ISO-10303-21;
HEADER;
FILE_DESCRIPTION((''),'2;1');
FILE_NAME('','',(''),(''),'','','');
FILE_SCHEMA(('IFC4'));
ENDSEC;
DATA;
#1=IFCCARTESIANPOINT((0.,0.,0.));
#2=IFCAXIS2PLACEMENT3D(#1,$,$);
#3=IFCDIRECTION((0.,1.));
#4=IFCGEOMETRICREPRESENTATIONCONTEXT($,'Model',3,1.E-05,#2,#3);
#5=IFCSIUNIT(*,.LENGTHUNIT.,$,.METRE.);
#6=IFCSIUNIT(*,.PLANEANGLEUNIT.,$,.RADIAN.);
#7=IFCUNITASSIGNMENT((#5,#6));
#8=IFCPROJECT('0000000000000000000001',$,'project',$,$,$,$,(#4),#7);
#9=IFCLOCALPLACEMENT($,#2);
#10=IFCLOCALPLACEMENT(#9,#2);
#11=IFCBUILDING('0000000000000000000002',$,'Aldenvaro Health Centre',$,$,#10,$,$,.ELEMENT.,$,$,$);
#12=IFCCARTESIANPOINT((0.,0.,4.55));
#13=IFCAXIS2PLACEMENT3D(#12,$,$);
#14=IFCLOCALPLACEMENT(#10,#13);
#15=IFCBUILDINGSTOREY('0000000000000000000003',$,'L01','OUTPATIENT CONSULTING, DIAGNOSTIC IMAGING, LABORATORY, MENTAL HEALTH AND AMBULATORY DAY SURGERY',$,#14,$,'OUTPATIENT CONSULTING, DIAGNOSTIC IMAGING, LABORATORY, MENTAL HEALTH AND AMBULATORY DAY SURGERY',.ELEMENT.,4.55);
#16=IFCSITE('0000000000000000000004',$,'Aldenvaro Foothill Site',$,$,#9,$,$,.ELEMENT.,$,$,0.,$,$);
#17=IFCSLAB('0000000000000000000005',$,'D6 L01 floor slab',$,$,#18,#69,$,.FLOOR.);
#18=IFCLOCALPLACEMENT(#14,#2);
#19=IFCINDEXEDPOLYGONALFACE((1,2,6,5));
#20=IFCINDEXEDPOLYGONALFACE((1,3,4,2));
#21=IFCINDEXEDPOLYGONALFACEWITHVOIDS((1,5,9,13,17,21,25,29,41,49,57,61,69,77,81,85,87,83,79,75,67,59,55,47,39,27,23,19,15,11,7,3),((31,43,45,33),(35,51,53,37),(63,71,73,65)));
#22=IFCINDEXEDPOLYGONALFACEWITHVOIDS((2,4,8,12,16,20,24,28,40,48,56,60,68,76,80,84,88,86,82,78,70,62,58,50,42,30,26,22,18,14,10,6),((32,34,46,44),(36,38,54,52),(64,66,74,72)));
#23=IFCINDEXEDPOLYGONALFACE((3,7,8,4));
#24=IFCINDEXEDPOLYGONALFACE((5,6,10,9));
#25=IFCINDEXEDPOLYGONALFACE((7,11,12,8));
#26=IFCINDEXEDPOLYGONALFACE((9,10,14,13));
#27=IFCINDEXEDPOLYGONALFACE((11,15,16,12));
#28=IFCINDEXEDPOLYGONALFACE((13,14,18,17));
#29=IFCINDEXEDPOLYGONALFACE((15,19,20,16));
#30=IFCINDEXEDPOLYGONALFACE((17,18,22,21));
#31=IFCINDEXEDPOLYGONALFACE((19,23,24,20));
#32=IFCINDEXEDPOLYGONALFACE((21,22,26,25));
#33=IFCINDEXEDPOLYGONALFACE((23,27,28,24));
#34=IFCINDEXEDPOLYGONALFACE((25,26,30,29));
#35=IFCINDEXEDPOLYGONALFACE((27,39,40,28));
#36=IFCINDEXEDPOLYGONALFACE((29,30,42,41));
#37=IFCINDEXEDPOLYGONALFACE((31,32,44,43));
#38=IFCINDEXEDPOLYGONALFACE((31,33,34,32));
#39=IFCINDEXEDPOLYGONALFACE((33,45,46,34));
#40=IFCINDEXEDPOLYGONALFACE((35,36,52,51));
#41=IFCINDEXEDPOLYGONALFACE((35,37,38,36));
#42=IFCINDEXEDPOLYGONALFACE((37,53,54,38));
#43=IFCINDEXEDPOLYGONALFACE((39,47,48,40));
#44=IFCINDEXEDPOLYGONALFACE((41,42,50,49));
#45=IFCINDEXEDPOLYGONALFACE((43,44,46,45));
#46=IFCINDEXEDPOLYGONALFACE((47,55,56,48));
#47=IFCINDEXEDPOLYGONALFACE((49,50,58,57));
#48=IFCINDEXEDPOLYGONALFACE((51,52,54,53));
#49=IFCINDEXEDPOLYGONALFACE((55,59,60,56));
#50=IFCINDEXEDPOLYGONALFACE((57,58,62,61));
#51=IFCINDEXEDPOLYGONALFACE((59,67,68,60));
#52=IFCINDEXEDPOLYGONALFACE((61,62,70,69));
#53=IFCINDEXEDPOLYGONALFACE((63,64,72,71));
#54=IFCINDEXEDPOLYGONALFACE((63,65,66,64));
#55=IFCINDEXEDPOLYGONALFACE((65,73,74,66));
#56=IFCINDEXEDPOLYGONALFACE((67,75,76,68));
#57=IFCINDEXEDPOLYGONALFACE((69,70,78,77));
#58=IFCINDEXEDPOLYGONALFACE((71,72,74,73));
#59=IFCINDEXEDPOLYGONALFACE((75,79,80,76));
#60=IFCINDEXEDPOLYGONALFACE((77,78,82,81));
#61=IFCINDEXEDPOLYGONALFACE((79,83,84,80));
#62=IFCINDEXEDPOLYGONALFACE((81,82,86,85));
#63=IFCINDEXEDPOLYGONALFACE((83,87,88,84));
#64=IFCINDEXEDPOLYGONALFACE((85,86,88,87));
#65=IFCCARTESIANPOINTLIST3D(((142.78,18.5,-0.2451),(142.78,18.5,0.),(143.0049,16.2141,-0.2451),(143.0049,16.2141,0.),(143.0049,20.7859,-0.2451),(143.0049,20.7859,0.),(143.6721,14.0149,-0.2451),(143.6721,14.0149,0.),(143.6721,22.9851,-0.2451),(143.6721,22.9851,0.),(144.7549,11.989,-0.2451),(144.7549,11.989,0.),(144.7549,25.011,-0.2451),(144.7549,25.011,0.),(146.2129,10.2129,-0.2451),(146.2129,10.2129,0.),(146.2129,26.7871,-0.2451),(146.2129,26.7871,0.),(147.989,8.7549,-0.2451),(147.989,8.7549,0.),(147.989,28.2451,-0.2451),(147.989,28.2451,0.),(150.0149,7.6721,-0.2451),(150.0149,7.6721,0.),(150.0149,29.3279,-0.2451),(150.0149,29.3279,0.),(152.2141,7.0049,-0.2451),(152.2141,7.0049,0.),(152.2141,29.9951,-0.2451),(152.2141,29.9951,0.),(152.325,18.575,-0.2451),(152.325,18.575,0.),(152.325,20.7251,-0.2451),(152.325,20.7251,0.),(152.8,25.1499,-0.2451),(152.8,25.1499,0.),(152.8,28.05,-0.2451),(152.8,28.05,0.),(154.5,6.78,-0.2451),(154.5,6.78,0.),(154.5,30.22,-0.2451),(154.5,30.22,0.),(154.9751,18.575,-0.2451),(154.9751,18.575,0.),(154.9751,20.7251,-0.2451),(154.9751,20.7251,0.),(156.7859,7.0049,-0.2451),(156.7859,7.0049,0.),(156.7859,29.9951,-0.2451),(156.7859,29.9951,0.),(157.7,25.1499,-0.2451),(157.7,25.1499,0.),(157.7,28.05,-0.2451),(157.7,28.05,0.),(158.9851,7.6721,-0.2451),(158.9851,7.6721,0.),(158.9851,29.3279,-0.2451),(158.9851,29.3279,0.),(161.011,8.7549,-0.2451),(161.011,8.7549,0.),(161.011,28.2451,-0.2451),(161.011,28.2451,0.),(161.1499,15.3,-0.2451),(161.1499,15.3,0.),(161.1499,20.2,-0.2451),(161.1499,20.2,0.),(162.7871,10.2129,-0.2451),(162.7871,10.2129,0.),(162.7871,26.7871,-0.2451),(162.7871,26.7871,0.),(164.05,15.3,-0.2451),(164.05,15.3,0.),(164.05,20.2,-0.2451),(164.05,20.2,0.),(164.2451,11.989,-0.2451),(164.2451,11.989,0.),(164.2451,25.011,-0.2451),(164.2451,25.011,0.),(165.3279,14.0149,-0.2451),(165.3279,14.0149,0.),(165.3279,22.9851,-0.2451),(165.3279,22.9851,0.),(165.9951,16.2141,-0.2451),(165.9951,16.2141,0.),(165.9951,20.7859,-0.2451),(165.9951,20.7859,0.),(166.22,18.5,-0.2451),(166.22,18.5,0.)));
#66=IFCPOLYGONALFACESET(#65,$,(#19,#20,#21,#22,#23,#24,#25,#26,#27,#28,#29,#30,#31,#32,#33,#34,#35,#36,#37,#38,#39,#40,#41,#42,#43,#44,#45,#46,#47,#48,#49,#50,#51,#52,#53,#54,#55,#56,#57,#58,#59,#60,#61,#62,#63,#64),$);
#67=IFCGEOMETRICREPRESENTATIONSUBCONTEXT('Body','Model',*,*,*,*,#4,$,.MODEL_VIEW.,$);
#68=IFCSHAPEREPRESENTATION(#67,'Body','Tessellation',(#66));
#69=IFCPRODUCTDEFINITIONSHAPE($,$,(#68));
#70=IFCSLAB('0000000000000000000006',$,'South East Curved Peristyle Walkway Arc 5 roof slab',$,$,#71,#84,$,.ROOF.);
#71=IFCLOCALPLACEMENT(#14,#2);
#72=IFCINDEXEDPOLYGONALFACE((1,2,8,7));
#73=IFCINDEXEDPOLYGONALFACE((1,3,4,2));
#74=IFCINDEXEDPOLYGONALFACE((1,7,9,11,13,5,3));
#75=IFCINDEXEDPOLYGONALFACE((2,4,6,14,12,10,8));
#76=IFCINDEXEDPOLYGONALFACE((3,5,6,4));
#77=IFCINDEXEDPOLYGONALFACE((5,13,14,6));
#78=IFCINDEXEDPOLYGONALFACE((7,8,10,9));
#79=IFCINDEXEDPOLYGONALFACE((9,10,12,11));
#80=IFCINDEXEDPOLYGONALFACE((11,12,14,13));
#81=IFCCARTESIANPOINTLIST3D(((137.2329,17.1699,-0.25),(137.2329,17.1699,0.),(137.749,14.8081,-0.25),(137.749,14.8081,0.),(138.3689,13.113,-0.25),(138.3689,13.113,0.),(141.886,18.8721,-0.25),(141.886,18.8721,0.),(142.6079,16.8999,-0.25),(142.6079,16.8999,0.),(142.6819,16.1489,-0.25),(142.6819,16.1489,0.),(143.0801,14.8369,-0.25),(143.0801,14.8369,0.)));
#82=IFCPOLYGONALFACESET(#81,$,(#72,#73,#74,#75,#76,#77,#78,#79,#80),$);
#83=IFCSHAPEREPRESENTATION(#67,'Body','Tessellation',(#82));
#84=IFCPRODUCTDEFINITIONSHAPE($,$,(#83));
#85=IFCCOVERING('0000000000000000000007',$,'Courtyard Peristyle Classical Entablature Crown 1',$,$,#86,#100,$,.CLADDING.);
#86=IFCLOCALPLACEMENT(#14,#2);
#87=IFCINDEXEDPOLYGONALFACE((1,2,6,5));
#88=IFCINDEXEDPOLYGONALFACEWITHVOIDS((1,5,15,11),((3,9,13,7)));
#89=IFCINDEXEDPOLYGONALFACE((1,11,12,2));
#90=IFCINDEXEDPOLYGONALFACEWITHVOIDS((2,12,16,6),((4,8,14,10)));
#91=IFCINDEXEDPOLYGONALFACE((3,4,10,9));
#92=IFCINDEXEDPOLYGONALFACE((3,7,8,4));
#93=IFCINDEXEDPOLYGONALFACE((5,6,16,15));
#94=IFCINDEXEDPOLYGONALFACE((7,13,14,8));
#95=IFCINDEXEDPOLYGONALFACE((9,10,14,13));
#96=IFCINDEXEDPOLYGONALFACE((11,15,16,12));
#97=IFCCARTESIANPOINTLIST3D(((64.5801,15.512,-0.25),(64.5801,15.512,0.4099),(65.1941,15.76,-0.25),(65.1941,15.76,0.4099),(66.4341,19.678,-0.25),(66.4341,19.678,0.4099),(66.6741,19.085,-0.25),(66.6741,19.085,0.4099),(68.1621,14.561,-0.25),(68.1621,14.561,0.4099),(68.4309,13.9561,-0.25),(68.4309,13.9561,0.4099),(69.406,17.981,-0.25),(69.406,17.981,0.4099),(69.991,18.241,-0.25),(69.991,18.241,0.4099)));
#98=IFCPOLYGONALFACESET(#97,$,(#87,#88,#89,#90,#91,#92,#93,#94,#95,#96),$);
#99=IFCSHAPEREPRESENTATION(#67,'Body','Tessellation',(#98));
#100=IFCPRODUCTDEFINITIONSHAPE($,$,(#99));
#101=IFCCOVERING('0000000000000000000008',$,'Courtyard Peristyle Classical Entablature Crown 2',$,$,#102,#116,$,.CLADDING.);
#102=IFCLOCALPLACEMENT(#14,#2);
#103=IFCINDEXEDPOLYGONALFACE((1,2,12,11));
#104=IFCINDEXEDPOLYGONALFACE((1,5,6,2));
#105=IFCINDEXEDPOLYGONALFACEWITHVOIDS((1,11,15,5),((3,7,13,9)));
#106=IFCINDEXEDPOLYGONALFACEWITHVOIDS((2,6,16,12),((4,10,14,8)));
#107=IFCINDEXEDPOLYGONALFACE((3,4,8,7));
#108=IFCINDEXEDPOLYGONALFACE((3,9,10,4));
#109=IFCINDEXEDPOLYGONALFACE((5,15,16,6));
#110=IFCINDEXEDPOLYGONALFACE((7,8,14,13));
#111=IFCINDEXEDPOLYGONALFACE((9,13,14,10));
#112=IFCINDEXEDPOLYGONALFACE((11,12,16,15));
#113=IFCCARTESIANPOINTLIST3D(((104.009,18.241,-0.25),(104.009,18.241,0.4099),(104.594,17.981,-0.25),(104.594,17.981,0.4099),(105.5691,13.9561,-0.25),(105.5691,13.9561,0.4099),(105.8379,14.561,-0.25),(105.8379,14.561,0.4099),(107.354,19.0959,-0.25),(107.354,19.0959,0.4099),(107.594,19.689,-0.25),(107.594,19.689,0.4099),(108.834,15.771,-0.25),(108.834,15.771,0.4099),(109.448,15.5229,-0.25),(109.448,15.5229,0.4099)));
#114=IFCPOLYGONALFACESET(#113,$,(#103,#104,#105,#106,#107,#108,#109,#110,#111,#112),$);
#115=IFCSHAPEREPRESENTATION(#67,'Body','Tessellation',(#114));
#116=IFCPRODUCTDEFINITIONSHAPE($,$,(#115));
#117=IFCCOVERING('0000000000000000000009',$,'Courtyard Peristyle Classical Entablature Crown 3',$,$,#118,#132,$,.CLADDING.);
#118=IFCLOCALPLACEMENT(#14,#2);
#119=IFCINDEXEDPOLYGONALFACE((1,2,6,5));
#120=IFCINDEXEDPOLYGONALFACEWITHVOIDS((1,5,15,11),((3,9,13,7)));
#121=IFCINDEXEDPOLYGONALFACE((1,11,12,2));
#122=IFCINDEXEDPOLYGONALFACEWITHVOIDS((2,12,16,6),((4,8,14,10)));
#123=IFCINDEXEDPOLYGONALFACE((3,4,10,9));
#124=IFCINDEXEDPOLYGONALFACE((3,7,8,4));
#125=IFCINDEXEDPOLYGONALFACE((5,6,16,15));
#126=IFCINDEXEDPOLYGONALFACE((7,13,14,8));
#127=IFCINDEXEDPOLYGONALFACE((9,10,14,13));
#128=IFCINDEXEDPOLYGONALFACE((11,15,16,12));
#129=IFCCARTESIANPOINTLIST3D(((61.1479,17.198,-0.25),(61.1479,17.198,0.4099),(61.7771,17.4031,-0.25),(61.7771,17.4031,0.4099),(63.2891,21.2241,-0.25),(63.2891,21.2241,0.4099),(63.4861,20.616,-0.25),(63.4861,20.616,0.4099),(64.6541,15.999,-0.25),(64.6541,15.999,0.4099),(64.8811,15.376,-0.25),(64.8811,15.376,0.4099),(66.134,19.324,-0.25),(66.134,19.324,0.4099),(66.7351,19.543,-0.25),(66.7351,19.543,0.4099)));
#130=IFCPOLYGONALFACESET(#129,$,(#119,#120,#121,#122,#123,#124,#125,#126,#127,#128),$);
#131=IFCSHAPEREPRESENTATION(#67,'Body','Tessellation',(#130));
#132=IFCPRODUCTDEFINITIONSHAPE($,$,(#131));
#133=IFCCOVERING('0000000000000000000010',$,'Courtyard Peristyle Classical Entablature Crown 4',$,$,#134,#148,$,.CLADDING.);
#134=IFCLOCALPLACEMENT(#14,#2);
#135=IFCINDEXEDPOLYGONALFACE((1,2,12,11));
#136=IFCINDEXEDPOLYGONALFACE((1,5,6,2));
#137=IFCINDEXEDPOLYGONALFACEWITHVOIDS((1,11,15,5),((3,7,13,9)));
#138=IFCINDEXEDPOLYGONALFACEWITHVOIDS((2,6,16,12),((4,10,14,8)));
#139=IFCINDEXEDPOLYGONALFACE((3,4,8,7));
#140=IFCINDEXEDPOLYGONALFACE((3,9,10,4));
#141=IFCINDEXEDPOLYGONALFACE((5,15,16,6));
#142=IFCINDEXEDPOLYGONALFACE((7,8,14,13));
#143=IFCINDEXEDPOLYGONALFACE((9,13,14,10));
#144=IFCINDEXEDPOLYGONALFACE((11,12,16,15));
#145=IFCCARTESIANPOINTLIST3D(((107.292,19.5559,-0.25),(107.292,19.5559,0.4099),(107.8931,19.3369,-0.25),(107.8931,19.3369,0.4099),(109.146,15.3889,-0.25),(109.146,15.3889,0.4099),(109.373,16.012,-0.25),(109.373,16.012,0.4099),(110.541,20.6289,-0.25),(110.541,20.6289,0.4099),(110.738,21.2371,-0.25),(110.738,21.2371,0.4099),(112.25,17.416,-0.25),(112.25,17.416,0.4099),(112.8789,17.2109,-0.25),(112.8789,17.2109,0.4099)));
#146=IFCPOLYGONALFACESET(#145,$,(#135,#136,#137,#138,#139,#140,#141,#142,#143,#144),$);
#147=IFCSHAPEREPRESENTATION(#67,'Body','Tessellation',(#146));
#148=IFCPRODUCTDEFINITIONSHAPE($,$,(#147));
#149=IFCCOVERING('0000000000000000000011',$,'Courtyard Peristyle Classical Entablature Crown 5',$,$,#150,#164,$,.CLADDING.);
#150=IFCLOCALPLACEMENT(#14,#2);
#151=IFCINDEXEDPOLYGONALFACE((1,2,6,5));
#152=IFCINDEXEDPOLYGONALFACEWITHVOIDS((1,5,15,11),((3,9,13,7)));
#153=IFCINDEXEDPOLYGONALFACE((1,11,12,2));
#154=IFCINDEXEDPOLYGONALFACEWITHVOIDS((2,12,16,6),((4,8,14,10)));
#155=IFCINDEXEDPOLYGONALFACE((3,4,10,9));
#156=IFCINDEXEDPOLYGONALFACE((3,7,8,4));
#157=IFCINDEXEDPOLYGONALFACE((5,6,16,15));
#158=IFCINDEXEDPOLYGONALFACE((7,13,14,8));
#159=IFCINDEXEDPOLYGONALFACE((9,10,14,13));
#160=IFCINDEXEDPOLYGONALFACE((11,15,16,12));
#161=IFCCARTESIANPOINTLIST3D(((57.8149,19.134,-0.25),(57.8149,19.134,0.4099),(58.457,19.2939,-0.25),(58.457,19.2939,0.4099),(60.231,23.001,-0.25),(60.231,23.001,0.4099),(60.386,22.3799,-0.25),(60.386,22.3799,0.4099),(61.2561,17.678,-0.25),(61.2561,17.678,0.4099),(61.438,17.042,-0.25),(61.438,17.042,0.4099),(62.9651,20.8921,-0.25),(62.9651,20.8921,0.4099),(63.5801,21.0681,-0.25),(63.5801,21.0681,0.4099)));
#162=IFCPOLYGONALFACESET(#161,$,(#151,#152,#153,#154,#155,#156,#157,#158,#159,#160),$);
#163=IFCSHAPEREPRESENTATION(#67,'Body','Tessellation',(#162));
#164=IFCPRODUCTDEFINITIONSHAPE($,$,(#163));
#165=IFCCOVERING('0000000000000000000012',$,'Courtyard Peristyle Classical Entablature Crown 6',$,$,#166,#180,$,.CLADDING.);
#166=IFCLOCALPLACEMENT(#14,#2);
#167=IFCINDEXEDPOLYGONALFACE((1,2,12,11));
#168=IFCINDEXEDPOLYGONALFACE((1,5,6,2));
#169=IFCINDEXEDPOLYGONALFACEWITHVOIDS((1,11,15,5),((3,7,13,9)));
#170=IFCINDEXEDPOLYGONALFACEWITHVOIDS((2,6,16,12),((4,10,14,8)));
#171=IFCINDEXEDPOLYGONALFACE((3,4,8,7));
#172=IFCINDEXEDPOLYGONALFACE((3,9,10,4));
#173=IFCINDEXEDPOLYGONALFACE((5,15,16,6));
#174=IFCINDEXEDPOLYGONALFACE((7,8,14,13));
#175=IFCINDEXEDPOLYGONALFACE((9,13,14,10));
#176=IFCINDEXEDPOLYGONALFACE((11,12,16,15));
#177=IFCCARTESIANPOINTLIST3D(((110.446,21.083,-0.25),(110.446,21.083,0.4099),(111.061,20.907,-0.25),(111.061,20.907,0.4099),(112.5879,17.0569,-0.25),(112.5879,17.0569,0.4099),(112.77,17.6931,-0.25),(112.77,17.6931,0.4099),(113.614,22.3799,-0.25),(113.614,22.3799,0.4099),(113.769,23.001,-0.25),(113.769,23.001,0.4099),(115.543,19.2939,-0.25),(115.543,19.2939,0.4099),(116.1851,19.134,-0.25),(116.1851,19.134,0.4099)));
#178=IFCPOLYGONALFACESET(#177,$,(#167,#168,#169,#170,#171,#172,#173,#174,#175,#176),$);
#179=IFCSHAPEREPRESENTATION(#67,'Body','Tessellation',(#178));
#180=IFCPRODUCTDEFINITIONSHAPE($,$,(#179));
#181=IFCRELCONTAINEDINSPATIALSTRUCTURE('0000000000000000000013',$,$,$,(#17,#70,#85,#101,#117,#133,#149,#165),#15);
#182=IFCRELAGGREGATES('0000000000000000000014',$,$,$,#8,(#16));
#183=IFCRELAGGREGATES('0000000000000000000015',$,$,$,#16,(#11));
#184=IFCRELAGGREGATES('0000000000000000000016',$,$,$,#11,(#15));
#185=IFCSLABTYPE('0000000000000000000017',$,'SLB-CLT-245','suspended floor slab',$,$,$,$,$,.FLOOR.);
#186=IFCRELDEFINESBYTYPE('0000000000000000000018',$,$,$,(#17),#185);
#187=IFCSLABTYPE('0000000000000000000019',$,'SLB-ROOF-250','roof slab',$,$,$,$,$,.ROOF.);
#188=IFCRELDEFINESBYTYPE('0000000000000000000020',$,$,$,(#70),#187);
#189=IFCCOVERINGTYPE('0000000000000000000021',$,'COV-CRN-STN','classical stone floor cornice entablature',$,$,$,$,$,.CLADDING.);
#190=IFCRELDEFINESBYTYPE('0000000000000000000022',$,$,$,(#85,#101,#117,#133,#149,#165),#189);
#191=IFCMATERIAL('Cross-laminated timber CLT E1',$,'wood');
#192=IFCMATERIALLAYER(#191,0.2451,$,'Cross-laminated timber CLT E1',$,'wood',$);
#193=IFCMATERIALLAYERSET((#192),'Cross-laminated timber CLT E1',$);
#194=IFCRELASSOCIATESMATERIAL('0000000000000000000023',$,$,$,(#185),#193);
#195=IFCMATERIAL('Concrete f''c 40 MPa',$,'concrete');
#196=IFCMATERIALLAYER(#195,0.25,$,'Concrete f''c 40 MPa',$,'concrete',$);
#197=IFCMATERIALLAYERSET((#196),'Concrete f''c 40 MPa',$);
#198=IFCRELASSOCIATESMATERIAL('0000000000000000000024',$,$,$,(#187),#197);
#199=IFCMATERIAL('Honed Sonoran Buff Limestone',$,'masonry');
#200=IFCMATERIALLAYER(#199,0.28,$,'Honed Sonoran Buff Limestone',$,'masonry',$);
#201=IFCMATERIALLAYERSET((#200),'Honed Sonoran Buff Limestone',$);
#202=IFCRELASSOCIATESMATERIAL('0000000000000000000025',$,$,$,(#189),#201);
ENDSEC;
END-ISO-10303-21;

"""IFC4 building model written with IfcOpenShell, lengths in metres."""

from ifc_helpers import new_model, si_unit, direction, frame, origin, place, context, subcontext, project, spatial, polyline, outline, extrude, material, layer, layer_set, type_object, element, save


model = new_model("IFC4")

# Units and contexts
model_context = context("Model", 3, precision=1e-05, world=origin(), true_north=direction((0.0, 1.0)))
body_context = subcontext(model_context, "Body", "Model", "MODEL_VIEW")
ifc_project = project(units=[si_unit("LENGTHUNIT", "METRE"), si_unit("PLANEANGLEUNIT", "RADIAN")], contexts=[model_context])

# Site, building, storey
site_placement = place(None, origin())
site = spatial("IfcSite", under=ifc_project, at=site_placement, Name="Aldenvaro Foothill Site", CompositionType="ELEMENT", RefElevation=0.0)
building_placement = place(site_placement, origin())
building = spatial("IfcBuilding", under=site, at=building_placement, Name="Aldenvaro Health Centre", CompositionType="ELEMENT")
storey_placement = place(building_placement, frame((0.0, 0.0, 4.55)))
storey = spatial("IfcBuildingStorey", under=building, at=storey_placement, Name="L01", Description="OUTPATIENT CONSULTING, DIAGNOSTIC IMAGING, LABORATORY, MENTAL HEALTH AND AMBULATORY DAY SURGERY", LongName="OUTPATIENT CONSULTING, DIAGNOSTIC IMAGING, LABORATORY, MENTAL HEALTH AND AMBULATORY DAY SURGERY", CompositionType="ELEMENT", Elevation=4.55)

# Slabs
ifc_material_1 = material(Name="Cross-laminated timber CLT E1", Category="wood")
ifc_layer_1 = layer(ifc_material_1, 0.2451, Name="Cross-laminated timber CLT E1", Category="wood")
ifc_layer_set_1 = layer_set([ifc_layer_1], Name="Cross-laminated timber CLT E1")
slab_type_1 = type_object("IfcSlabType", Name="SLB-CLT-245", Description="suspended floor slab", PredefinedType="FLOOR", material=ifc_layer_set_1)
slab_1_placement = place(storey_placement, frame((0.0, 0.0, -0.2451)))
element("IfcSlab", 1, at=slab_1_placement, inside=storey, type_object=slab_type_1, Name="D6 L01 floor slab", PredefinedType="FLOOR", context=body_context, shape_type="SweptSolid", body=[
    extrude(outline(polyline([(166.22, 18.5), (165.9951, 20.7859), (165.3279, 22.9851), (164.2451, 25.011), (162.7871, 26.7871), (161.011, 28.2451), (158.9851, 29.3279), (156.7859, 29.9951), (154.5, 30.22), (152.2141, 29.9951), (150.0149, 29.3279), (147.989, 28.2451), (146.2129, 26.7871), (144.7549, 25.011), (143.6721, 22.9851), (143.0049, 20.7859), (142.78, 18.5), (143.0049, 16.2141), (143.6721, 14.0149), (144.7549, 11.989), (146.2129, 10.2129), (147.989, 8.7549), (150.0149, 7.6721), (152.2141, 7.0049), (154.5, 6.78), (156.7859, 7.0049), (158.9851, 7.6721), (161.011, 8.7549), (162.7871, 10.2129), (164.2451, 11.989), (165.3279, 14.0149), (165.9951, 16.2141), (166.22, 18.5)]), holes=[polyline([(161.1499, 20.2), (161.1499, 15.3), (164.05, 15.3), (164.05, 20.2), (161.1499, 20.2)]), polyline([(152.8, 25.1499), (157.7, 25.1499), (157.7, 28.05), (152.8, 28.05), (152.8, 25.1499)]), polyline([(152.325, 18.575), (154.9751, 18.575), (154.9751, 20.7251), (152.325, 20.7251), (152.325, 18.575)])]), origin(), (0.0, 0.0, 1.0), 0.2451),
])
ifc_material_2 = material(Name="Concrete f'c 40 MPa", Category="concrete")
ifc_layer_2 = layer(ifc_material_2, 0.25, Name="Concrete f'c 40 MPa", Category="concrete")
ifc_layer_set_2 = layer_set([ifc_layer_2], Name="Concrete f'c 40 MPa")
slab_type_2 = type_object("IfcSlabType", Name="SLB-ROOF-250", Description="roof slab", PredefinedType="ROOF", material=ifc_layer_set_2)
slab_2_placement = place(storey_placement, frame((0.0, 0.0, -0.25)))
element("IfcSlab", 2, at=slab_2_placement, inside=storey, type_object=slab_type_2, Name="South East Curved Peristyle Walkway Arc 5 roof slab", PredefinedType="ROOF", context=body_context, shape_type="SweptSolid", body=[
    extrude(outline(polyline([(138.3689, 13.113), (137.749, 14.8081), (137.2329, 17.1699), (141.886, 18.8721), (142.6079, 16.8999), (142.6819, 16.1489), (143.0801, 14.8369), (138.3689, 13.113)])), origin(), (0.0, 0.0, 1.0), 0.25),
])

# Coverings
ifc_material_3 = material(Name="Honed Sonoran Buff Limestone", Category="masonry")
ifc_layer_3 = layer(ifc_material_3, 0.28, Name="Honed Sonoran Buff Limestone", Category="masonry")
ifc_layer_set_3 = layer_set([ifc_layer_3], Name="Honed Sonoran Buff Limestone")
covering_type = type_object("IfcCoveringType", Name="COV-CRN-STN", Description="classical stone floor cornice entablature", PredefinedType="CLADDING", material=ifc_layer_set_3)
covering_1_placement = place(storey_placement, frame((0.0, 0.0, -0.25)))
element("IfcCovering", 3, at=covering_1_placement, inside=storey, type_object=covering_type, Name="Courtyard Peristyle Classical Entablature Crown 1", PredefinedType="CLADDING", context=body_context, shape_type="SweptSolid", body=[
    extrude(outline(polyline([(66.4341, 19.678), (69.991, 18.241), (68.4309, 13.9561), (64.5801, 15.512), (66.4341, 19.678)]), holes=[polyline([(68.1621, 14.561), (69.406, 17.981), (66.6741, 19.085), (65.1941, 15.76), (68.1621, 14.561)])]), origin(), (0.0, 0.0, 1.0), 0.6599),
])
covering_2_placement = place(storey_placement, frame((0.0, 0.0, -0.25)))
element("IfcCovering", 4, at=covering_2_placement, inside=storey, type_object=covering_type, Name="Courtyard Peristyle Classical Entablature Crown 2", PredefinedType="CLADDING", context=body_context, shape_type="SweptSolid", body=[
    extrude(outline(polyline([(107.594, 19.689), (109.448, 15.5229), (105.5691, 13.9561), (104.009, 18.241), (107.594, 19.689)]), holes=[polyline([(105.8379, 14.561), (108.834, 15.771), (107.354, 19.0959), (104.594, 17.981), (105.8379, 14.561)])]), origin(), (0.0, 0.0, 1.0), 0.6599),
])
covering_3_placement = place(storey_placement, frame((0.0, 0.0, -0.25)))
element("IfcCovering", 5, at=covering_3_placement, inside=storey, type_object=covering_type, Name="Courtyard Peristyle Classical Entablature Crown 3", PredefinedType="CLADDING", context=body_context, shape_type="SweptSolid", body=[
    extrude(outline(polyline([(66.7351, 19.543), (64.8811, 15.376), (61.1479, 17.198), (63.2891, 21.2241), (66.7351, 19.543)]), holes=[polyline([(61.7771, 17.4031), (64.6541, 15.999), (66.134, 19.324), (63.4861, 20.616), (61.7771, 17.4031)])]), origin(), (0.0, 0.0, 1.0), 0.6599),
])
covering_4_placement = place(storey_placement, frame((0.0, 0.0, -0.25)))
element("IfcCovering", 6, at=covering_4_placement, inside=storey, type_object=covering_type, Name="Courtyard Peristyle Classical Entablature Crown 4", PredefinedType="CLADDING", context=body_context, shape_type="SweptSolid", body=[
    extrude(outline(polyline([(107.292, 19.5559), (110.738, 21.2371), (112.8789, 17.2109), (109.146, 15.3889), (107.292, 19.5559)]), holes=[polyline([(112.25, 17.416), (110.541, 20.6289), (107.8931, 19.3369), (109.373, 16.012), (112.25, 17.416)])]), origin(), (0.0, 0.0, 1.0), 0.6599),
])
covering_5_placement = place(storey_placement, frame((0.0, 0.0, -0.25)))
element("IfcCovering", 7, at=covering_5_placement, inside=storey, type_object=covering_type, Name="Courtyard Peristyle Classical Entablature Crown 5", PredefinedType="CLADDING", context=body_context, shape_type="SweptSolid", body=[
    extrude(outline(polyline([(60.231, 23.001), (63.5801, 21.0681), (61.438, 17.042), (57.8149, 19.134), (60.231, 23.001)]), holes=[polyline([(61.2561, 17.678), (62.9651, 20.8921), (60.386, 22.3799), (58.457, 19.2939), (61.2561, 17.678)])]), origin(), (0.0, 0.0, 1.0), 0.6599),
])
covering_6_placement = place(storey_placement, frame((0.0, 0.0, -0.25)))
element("IfcCovering", 8, at=covering_6_placement, inside=storey, type_object=covering_type, Name="Courtyard Peristyle Classical Entablature Crown 6", PredefinedType="CLADDING", context=body_context, shape_type="SweptSolid", body=[
    extrude(outline(polyline([(113.769, 23.001), (116.1851, 19.134), (112.5879, 17.0569), (110.446, 21.083), (113.769, 23.001)]), holes=[polyline([(112.77, 17.6931), (115.543, 19.2939), (113.614, 22.3799), (111.061, 20.907), (112.77, 17.6931)])]), origin(), (0.0, 0.0, 1.0), 0.6599),
])

save(model, "model.ifc")
